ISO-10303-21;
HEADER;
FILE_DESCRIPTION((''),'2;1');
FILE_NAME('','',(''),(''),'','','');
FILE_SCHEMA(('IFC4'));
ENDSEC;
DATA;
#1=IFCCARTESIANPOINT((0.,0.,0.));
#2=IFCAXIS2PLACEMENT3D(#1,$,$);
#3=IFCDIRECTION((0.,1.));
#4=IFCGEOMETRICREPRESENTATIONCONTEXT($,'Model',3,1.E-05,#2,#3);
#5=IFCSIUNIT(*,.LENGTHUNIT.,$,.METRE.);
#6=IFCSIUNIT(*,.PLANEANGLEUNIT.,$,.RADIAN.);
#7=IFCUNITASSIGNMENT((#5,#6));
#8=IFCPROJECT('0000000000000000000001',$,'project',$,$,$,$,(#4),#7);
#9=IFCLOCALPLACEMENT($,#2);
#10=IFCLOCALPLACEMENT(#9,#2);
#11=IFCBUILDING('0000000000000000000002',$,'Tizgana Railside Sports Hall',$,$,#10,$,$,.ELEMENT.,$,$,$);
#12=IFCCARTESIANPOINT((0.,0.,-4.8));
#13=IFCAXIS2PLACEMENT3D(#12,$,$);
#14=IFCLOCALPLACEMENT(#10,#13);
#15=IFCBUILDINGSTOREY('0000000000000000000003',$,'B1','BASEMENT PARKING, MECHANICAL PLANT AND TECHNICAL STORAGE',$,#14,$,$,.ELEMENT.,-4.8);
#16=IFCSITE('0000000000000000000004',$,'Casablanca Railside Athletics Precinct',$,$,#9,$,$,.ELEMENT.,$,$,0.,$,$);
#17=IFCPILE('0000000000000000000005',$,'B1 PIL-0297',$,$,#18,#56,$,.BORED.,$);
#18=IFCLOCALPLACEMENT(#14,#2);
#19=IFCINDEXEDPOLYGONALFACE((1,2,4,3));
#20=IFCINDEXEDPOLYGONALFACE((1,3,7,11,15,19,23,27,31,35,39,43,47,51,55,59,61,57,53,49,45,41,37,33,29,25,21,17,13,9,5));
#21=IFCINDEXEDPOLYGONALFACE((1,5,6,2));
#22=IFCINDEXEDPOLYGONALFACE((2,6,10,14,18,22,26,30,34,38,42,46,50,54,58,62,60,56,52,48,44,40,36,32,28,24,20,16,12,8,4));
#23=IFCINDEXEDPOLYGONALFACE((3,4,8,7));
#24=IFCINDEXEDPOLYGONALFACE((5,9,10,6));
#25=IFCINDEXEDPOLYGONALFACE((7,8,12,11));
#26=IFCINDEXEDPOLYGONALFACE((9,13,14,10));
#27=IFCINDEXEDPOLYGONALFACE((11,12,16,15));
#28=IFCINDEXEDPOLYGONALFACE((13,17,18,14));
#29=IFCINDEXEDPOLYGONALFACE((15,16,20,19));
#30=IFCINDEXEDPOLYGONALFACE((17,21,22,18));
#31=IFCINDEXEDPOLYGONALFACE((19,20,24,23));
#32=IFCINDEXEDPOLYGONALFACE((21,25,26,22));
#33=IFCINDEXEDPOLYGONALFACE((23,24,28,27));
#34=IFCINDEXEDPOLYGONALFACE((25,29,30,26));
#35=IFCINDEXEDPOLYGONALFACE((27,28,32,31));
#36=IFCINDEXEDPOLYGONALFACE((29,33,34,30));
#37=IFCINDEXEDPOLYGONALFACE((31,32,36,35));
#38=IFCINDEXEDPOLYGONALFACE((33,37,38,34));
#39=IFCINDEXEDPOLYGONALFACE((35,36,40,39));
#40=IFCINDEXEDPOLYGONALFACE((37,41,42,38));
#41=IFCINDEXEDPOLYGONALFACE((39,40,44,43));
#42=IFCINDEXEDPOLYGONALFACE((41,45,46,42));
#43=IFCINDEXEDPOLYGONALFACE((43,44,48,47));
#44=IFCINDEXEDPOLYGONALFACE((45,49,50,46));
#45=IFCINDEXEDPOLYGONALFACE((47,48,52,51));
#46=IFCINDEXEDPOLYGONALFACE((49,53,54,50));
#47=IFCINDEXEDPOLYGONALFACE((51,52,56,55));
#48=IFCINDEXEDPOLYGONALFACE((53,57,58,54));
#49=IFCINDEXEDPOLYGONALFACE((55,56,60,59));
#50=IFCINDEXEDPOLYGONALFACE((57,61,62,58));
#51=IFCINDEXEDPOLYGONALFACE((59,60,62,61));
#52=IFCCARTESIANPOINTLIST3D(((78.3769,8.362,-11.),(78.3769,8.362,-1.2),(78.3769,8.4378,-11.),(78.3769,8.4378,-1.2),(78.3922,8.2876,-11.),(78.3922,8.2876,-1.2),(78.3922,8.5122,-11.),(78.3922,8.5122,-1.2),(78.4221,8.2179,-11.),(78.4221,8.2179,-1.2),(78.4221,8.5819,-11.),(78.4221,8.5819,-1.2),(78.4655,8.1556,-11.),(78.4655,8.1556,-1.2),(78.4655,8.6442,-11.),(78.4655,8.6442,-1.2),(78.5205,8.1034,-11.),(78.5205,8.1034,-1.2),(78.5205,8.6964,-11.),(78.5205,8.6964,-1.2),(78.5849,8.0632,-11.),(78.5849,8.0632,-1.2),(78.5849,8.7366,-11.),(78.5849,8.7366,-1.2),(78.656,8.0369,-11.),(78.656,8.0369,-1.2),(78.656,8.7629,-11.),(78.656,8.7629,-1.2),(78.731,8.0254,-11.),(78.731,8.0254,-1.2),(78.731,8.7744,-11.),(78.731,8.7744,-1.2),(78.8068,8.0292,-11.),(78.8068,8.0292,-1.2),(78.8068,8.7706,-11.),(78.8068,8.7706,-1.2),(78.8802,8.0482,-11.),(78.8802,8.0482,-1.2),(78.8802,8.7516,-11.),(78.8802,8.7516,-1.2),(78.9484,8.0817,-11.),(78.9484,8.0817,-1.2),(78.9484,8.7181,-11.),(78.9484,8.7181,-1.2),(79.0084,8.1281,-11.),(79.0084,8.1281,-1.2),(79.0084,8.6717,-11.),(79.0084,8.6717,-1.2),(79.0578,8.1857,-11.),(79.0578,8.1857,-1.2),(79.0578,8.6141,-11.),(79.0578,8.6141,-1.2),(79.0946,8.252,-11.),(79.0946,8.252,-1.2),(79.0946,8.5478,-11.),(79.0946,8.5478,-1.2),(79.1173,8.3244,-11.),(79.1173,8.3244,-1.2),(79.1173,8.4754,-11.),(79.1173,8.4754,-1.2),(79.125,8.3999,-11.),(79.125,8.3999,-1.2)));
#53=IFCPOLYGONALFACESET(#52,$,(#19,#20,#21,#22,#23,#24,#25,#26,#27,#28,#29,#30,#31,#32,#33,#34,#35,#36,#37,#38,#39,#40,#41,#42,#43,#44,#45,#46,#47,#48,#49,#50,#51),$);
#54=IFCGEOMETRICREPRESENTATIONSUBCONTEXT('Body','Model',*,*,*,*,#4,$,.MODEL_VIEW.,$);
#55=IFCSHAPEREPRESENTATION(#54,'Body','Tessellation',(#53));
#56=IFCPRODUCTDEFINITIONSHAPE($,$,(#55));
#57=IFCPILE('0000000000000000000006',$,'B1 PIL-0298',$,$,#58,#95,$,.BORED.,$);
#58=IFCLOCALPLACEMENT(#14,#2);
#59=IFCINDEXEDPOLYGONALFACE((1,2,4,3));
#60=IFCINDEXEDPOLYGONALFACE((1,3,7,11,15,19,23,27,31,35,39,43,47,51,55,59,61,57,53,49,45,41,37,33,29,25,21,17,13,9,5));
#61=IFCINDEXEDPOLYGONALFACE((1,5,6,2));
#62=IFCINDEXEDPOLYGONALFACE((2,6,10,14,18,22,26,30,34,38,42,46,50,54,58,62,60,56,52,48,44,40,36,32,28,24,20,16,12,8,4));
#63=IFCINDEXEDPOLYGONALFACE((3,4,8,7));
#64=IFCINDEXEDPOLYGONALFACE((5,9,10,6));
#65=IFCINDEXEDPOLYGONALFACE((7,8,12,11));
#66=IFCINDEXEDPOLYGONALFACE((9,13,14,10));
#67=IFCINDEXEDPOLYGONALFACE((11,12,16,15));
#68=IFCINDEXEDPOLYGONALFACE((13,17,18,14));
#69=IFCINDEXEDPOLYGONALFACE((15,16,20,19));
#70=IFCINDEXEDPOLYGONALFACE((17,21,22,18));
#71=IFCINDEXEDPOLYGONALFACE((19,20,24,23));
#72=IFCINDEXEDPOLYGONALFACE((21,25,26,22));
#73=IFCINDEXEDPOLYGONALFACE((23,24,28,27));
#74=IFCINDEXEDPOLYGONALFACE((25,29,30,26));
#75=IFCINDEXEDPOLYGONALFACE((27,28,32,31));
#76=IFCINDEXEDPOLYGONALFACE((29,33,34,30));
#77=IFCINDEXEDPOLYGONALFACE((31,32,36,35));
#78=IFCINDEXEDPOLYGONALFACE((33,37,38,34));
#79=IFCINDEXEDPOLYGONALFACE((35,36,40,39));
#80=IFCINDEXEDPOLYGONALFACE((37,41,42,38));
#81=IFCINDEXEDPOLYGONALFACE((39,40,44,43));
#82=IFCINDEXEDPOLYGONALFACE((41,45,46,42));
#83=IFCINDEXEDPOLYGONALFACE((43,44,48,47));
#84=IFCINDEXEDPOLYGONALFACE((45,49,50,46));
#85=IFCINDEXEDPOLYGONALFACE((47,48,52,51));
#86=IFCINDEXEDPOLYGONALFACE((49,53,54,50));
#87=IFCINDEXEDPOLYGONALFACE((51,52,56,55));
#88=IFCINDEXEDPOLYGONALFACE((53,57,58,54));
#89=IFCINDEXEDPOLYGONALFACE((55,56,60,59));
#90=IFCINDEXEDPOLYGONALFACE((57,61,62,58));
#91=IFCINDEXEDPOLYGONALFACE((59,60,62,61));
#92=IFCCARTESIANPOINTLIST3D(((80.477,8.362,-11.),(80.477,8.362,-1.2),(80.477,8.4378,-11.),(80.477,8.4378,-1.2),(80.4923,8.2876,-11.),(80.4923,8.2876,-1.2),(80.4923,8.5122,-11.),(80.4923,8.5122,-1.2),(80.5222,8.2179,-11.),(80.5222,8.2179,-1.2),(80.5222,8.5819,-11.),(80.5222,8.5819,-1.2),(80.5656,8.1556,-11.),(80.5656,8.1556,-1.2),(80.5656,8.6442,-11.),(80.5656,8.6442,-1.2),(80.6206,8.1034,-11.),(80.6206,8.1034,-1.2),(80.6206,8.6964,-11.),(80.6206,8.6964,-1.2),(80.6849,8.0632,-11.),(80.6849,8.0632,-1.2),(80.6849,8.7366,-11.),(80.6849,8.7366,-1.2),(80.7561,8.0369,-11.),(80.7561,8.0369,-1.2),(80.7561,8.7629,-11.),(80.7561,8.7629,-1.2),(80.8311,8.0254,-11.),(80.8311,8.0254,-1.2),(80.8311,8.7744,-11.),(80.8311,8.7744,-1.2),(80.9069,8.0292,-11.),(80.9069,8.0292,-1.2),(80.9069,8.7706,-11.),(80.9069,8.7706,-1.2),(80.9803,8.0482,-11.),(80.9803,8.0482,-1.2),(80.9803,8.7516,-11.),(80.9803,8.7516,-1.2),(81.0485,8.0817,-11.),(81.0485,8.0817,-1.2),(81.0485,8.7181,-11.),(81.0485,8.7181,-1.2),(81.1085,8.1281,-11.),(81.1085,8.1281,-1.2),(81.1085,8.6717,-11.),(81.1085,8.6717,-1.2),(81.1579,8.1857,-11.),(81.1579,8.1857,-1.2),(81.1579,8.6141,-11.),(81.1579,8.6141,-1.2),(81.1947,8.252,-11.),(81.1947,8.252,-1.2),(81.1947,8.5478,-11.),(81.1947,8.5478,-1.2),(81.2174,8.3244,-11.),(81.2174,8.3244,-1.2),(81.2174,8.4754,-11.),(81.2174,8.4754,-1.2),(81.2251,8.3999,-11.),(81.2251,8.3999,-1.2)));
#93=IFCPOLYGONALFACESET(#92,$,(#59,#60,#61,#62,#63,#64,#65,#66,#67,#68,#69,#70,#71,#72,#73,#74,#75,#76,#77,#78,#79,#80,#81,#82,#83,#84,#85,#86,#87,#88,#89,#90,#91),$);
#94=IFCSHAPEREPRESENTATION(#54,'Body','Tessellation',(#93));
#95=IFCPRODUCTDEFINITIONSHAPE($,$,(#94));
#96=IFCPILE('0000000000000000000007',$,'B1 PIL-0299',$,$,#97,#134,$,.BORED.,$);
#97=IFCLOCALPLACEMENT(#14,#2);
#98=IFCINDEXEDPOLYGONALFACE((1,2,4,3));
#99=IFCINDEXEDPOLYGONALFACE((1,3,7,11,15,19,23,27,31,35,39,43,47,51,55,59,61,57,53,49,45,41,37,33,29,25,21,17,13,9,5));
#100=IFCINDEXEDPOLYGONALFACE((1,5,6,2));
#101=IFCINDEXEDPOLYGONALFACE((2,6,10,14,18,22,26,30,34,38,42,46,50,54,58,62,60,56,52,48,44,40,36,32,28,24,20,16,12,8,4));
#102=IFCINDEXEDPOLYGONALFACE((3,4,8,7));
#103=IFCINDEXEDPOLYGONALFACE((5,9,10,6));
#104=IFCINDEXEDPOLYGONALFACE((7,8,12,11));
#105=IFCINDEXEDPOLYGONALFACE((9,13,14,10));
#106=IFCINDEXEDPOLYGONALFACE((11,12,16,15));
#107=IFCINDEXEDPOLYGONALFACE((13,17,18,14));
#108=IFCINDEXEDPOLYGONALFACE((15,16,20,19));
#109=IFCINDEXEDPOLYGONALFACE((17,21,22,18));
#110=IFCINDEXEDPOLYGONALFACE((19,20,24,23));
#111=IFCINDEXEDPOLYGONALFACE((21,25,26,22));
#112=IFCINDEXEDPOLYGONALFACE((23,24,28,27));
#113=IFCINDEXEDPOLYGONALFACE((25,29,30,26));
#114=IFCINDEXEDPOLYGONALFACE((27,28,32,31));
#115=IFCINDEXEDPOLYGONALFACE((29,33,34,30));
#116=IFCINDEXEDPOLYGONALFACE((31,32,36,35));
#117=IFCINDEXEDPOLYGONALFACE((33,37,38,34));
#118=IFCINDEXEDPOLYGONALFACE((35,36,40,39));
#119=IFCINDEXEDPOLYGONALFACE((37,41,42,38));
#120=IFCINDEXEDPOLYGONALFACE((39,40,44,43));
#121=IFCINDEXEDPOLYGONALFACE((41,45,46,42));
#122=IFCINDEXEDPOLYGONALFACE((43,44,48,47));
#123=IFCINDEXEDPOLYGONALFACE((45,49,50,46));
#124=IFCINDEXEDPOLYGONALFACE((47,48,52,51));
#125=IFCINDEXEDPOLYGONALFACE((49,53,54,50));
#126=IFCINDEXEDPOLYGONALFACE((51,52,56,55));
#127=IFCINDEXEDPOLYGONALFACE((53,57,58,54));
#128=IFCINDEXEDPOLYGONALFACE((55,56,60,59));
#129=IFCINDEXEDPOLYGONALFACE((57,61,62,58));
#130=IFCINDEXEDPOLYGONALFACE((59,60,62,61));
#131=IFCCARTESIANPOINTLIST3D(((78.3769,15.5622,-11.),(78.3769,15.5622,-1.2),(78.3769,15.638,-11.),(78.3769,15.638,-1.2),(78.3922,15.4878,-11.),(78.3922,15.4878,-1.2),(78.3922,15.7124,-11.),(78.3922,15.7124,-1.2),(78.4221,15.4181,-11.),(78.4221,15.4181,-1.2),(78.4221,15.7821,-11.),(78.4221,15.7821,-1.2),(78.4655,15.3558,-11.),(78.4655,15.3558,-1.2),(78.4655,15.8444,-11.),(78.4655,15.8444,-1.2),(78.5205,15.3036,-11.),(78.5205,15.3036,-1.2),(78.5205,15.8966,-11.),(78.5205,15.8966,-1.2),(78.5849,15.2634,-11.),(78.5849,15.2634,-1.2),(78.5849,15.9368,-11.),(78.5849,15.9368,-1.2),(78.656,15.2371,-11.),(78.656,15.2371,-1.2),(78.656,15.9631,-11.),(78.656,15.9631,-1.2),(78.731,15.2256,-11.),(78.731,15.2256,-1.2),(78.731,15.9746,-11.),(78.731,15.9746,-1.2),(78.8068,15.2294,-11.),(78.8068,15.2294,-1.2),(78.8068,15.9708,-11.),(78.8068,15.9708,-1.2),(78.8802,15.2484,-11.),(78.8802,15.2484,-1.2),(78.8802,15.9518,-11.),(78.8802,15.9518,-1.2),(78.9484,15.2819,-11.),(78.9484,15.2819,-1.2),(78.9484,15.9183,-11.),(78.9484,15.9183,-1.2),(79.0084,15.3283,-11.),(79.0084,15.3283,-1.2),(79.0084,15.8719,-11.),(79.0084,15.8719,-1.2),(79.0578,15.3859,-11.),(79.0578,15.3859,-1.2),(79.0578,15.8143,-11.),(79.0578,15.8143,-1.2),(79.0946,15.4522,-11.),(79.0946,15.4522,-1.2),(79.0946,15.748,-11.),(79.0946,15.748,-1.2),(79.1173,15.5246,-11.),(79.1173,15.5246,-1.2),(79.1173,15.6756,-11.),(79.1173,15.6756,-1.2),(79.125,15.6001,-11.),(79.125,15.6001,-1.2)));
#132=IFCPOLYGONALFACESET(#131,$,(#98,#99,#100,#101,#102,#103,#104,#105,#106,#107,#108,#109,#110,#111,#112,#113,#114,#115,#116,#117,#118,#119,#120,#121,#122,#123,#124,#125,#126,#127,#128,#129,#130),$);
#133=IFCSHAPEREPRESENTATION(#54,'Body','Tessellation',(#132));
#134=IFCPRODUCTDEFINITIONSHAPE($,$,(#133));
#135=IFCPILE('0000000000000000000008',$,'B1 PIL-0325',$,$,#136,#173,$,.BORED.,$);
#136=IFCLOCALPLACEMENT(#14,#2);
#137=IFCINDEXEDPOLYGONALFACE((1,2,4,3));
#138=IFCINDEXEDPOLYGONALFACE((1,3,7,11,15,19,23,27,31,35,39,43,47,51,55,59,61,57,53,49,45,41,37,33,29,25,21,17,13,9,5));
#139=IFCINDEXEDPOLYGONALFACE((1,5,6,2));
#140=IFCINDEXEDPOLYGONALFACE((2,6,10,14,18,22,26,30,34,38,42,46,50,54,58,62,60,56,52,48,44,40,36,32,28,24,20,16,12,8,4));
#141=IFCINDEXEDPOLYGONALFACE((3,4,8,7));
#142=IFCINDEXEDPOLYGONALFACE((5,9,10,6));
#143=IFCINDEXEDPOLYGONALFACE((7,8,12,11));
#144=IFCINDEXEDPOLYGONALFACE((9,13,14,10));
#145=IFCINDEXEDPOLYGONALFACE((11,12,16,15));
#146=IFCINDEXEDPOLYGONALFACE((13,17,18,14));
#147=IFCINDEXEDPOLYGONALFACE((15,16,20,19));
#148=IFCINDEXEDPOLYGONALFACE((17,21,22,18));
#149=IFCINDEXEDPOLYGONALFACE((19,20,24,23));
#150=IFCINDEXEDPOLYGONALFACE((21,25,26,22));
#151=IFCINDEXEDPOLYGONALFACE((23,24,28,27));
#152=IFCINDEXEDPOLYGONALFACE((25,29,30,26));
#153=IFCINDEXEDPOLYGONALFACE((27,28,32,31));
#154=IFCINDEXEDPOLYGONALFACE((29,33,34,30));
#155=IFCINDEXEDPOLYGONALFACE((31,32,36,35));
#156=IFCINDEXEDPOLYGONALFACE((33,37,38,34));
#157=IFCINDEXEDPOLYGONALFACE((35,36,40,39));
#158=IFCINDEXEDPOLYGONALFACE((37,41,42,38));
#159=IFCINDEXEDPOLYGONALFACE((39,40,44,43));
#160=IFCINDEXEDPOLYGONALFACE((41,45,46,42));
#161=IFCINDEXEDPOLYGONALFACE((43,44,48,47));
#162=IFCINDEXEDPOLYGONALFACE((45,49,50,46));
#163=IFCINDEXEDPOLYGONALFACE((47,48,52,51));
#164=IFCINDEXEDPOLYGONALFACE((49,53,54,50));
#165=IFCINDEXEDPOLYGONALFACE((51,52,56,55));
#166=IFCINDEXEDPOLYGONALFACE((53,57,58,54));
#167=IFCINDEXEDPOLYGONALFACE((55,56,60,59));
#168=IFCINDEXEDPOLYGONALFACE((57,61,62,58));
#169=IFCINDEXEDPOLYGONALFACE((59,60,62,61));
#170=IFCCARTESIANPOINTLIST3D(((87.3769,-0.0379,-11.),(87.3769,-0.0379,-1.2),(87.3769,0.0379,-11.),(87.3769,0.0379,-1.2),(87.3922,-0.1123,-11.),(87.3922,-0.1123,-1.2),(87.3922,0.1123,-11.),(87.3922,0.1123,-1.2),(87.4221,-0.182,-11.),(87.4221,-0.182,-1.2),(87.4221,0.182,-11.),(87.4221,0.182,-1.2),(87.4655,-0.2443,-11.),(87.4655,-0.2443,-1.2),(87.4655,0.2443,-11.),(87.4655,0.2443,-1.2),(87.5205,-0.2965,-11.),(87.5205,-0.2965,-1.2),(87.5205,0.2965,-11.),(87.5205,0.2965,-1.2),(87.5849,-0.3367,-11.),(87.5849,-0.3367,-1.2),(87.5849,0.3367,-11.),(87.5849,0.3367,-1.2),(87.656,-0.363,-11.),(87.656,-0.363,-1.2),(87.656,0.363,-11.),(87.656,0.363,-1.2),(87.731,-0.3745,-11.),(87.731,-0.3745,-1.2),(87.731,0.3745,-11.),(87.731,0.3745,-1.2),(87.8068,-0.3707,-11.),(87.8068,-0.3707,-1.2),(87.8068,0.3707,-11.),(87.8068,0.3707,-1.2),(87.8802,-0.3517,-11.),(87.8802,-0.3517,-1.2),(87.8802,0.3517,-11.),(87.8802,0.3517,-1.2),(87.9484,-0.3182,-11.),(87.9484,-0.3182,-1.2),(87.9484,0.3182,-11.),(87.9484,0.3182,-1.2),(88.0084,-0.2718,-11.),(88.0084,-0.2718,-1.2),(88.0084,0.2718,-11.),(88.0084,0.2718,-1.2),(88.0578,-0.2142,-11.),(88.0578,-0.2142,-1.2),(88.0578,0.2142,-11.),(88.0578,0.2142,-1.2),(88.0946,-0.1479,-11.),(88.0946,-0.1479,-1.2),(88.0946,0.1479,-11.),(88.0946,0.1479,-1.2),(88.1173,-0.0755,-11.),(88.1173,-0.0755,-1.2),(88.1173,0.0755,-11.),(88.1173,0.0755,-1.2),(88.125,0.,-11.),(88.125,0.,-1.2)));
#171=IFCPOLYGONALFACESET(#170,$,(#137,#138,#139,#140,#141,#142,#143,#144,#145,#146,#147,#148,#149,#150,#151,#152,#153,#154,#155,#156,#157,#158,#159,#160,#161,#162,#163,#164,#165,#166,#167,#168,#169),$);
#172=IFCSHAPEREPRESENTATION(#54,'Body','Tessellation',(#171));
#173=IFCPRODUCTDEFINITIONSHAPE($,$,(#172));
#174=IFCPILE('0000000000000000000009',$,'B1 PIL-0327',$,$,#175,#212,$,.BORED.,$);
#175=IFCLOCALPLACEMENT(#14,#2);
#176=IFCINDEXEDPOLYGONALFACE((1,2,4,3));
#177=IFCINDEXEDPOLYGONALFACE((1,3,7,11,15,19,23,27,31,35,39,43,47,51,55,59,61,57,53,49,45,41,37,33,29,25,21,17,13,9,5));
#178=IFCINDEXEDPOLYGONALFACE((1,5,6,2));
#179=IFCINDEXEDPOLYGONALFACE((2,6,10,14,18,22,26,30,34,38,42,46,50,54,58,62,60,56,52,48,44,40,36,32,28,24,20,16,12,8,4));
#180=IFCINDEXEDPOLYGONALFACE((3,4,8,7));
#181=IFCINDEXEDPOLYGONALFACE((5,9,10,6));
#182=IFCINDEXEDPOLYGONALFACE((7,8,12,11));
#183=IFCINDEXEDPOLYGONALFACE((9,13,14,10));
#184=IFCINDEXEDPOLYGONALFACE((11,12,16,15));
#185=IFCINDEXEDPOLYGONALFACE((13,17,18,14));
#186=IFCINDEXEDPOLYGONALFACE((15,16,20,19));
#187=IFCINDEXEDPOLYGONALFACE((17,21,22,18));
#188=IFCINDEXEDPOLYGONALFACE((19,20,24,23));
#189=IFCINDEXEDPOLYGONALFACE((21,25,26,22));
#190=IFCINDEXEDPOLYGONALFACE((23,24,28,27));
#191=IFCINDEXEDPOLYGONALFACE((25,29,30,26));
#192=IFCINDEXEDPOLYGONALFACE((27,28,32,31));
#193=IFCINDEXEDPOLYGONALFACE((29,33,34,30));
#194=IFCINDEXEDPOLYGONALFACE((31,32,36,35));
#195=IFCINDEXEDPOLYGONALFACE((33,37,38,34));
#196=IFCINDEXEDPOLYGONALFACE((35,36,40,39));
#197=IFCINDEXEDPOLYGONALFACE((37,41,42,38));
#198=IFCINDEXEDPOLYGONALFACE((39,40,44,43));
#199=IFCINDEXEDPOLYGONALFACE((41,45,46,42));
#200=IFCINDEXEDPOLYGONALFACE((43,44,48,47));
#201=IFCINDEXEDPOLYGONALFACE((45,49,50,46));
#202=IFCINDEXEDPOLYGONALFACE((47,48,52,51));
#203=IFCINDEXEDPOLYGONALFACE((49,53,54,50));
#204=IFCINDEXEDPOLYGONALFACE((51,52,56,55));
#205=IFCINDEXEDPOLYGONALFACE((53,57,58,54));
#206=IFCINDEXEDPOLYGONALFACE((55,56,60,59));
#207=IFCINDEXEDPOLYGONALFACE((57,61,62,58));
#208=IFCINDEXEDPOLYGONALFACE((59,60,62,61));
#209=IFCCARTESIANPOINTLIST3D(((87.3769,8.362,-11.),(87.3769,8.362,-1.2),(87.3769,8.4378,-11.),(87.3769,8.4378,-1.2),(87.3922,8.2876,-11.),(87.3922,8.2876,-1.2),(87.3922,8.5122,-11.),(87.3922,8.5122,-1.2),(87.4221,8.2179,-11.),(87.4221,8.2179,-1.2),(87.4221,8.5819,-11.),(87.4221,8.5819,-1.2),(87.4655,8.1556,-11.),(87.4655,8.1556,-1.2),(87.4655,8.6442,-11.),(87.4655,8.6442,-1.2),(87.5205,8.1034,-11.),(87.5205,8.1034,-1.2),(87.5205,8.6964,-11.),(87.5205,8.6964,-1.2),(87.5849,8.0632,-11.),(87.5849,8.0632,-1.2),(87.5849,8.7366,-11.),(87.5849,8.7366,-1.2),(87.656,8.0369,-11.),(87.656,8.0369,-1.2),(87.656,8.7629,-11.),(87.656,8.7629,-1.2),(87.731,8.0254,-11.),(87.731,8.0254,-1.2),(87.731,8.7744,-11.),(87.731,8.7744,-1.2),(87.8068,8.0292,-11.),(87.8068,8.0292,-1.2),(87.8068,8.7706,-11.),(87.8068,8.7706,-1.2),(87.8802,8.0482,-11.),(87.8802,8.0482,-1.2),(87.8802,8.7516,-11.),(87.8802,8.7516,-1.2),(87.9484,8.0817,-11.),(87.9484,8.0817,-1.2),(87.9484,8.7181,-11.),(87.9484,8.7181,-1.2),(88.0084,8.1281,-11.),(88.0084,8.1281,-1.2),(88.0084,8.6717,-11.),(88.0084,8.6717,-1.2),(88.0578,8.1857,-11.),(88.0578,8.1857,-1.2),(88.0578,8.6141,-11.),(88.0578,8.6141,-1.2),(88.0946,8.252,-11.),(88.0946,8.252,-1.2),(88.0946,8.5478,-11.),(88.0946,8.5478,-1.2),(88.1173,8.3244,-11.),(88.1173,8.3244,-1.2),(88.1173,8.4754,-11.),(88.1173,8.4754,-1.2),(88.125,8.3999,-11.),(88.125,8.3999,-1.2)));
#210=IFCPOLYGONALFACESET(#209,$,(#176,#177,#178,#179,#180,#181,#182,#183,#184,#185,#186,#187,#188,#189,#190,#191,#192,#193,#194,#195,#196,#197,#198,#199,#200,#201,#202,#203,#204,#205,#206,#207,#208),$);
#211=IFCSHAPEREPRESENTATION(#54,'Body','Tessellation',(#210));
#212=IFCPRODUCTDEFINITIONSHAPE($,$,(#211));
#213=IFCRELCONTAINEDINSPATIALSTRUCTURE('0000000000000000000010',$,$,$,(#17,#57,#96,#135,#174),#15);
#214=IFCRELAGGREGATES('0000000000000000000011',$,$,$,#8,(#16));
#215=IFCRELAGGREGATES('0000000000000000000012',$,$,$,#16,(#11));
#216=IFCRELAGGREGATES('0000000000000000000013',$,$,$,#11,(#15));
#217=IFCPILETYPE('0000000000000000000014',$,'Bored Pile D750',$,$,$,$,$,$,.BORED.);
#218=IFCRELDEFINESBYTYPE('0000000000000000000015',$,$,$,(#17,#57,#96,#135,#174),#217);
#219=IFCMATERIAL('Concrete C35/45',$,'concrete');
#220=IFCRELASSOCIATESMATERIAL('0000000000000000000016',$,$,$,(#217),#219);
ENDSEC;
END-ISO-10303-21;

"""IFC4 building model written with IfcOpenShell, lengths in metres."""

from ifc_helpers import new_model, si_unit, direction, frame, origin, origin_2d, place, context, subcontext, project, spatial, circle, extrude, material, material_profile, profile_set, type_object, element, save


model = new_model("IFC4")

# Units and contexts
model_context = context("Model", 3, precision=1e-05, world=origin(), true_north=direction((0.0, 1.0)))
body_context = subcontext(model_context, "Body", "Model", "MODEL_VIEW")
ifc_project = project(units=[si_unit("LENGTHUNIT", "METRE"), si_unit("PLANEANGLEUNIT", "RADIAN")], contexts=[model_context])

# Site, building, storey
site_placement = place(None, origin())
site = spatial("IfcSite", under=ifc_project, at=site_placement, Name="Casablanca Railside Athletics Precinct", CompositionType="ELEMENT", RefElevation=0.0)
building_placement = place(site_placement, origin())
building = spatial("IfcBuilding", under=site, at=building_placement, Name="Tizgana Railside Sports Hall", CompositionType="ELEMENT")
storey_placement = place(building_placement, frame((0.0, 0.0, -4.8)))
storey = spatial("IfcBuildingStorey", under=building, at=storey_placement, Name="B1", Description="BASEMENT PARKING, MECHANICAL PLANT AND TECHNICAL STORAGE", CompositionType="ELEMENT", Elevation=-4.8)

# Piles
ifc_material_1 = material(Name="Concrete C35/45", Category="concrete")
ifc_material_profile_1 = material_profile(ifc_material_1, circle(Radius=0.375, at=origin_2d()), Name="PILE D750")
ifc_profile_set_1 = profile_set([ifc_material_profile_1], Name="Concrete C35/45")
pile_type = type_object("IfcPileType", Name="Bored Pile D750", PredefinedType="BORED", material=ifc_profile_set_1)
for number, where, z_axis, x_axis, name in (
    (1, (78.75, 8.3999, -1.2), (0.0, 0.0, -1.0), (1.0, 0.0, 0.0), "B1 PIL-0297"),
    (2, (80.8501, 8.3999, -1.2), (0.0, 0.0, -1.0), (1.0, 0.0, 0.0), "B1 PIL-0298"),
    (3, (78.75, 15.6001, -1.2), (0.0, 0.0, -1.0), (1.0, 0.0, 0.0), "B1 PIL-0299"),
    (4, (87.75, 0.0, -1.2), (0.0, 0.0, -1.0), (1.0, 0.0, 0.0), "B1 PIL-0325"),
    (5, (87.75, 8.3999, -1.2), (0.0, 0.0, -1.0), (1.0, 0.0, 0.0), "B1 PIL-0327"),
):
    element("IfcPile", number, at=place(storey_placement, frame(where, z_axis=z_axis, x_axis=x_axis)), inside=storey, type_object=pile_type, Name=name, PredefinedType="BORED", context=body_context, shape_type="SweptSolid", body=[
        extrude(circle(Radius=0.375, at=origin_2d()), origin(), (0.0, 0.0, 1.0), 9.8),
    ])

save(model, "model.ifc")
